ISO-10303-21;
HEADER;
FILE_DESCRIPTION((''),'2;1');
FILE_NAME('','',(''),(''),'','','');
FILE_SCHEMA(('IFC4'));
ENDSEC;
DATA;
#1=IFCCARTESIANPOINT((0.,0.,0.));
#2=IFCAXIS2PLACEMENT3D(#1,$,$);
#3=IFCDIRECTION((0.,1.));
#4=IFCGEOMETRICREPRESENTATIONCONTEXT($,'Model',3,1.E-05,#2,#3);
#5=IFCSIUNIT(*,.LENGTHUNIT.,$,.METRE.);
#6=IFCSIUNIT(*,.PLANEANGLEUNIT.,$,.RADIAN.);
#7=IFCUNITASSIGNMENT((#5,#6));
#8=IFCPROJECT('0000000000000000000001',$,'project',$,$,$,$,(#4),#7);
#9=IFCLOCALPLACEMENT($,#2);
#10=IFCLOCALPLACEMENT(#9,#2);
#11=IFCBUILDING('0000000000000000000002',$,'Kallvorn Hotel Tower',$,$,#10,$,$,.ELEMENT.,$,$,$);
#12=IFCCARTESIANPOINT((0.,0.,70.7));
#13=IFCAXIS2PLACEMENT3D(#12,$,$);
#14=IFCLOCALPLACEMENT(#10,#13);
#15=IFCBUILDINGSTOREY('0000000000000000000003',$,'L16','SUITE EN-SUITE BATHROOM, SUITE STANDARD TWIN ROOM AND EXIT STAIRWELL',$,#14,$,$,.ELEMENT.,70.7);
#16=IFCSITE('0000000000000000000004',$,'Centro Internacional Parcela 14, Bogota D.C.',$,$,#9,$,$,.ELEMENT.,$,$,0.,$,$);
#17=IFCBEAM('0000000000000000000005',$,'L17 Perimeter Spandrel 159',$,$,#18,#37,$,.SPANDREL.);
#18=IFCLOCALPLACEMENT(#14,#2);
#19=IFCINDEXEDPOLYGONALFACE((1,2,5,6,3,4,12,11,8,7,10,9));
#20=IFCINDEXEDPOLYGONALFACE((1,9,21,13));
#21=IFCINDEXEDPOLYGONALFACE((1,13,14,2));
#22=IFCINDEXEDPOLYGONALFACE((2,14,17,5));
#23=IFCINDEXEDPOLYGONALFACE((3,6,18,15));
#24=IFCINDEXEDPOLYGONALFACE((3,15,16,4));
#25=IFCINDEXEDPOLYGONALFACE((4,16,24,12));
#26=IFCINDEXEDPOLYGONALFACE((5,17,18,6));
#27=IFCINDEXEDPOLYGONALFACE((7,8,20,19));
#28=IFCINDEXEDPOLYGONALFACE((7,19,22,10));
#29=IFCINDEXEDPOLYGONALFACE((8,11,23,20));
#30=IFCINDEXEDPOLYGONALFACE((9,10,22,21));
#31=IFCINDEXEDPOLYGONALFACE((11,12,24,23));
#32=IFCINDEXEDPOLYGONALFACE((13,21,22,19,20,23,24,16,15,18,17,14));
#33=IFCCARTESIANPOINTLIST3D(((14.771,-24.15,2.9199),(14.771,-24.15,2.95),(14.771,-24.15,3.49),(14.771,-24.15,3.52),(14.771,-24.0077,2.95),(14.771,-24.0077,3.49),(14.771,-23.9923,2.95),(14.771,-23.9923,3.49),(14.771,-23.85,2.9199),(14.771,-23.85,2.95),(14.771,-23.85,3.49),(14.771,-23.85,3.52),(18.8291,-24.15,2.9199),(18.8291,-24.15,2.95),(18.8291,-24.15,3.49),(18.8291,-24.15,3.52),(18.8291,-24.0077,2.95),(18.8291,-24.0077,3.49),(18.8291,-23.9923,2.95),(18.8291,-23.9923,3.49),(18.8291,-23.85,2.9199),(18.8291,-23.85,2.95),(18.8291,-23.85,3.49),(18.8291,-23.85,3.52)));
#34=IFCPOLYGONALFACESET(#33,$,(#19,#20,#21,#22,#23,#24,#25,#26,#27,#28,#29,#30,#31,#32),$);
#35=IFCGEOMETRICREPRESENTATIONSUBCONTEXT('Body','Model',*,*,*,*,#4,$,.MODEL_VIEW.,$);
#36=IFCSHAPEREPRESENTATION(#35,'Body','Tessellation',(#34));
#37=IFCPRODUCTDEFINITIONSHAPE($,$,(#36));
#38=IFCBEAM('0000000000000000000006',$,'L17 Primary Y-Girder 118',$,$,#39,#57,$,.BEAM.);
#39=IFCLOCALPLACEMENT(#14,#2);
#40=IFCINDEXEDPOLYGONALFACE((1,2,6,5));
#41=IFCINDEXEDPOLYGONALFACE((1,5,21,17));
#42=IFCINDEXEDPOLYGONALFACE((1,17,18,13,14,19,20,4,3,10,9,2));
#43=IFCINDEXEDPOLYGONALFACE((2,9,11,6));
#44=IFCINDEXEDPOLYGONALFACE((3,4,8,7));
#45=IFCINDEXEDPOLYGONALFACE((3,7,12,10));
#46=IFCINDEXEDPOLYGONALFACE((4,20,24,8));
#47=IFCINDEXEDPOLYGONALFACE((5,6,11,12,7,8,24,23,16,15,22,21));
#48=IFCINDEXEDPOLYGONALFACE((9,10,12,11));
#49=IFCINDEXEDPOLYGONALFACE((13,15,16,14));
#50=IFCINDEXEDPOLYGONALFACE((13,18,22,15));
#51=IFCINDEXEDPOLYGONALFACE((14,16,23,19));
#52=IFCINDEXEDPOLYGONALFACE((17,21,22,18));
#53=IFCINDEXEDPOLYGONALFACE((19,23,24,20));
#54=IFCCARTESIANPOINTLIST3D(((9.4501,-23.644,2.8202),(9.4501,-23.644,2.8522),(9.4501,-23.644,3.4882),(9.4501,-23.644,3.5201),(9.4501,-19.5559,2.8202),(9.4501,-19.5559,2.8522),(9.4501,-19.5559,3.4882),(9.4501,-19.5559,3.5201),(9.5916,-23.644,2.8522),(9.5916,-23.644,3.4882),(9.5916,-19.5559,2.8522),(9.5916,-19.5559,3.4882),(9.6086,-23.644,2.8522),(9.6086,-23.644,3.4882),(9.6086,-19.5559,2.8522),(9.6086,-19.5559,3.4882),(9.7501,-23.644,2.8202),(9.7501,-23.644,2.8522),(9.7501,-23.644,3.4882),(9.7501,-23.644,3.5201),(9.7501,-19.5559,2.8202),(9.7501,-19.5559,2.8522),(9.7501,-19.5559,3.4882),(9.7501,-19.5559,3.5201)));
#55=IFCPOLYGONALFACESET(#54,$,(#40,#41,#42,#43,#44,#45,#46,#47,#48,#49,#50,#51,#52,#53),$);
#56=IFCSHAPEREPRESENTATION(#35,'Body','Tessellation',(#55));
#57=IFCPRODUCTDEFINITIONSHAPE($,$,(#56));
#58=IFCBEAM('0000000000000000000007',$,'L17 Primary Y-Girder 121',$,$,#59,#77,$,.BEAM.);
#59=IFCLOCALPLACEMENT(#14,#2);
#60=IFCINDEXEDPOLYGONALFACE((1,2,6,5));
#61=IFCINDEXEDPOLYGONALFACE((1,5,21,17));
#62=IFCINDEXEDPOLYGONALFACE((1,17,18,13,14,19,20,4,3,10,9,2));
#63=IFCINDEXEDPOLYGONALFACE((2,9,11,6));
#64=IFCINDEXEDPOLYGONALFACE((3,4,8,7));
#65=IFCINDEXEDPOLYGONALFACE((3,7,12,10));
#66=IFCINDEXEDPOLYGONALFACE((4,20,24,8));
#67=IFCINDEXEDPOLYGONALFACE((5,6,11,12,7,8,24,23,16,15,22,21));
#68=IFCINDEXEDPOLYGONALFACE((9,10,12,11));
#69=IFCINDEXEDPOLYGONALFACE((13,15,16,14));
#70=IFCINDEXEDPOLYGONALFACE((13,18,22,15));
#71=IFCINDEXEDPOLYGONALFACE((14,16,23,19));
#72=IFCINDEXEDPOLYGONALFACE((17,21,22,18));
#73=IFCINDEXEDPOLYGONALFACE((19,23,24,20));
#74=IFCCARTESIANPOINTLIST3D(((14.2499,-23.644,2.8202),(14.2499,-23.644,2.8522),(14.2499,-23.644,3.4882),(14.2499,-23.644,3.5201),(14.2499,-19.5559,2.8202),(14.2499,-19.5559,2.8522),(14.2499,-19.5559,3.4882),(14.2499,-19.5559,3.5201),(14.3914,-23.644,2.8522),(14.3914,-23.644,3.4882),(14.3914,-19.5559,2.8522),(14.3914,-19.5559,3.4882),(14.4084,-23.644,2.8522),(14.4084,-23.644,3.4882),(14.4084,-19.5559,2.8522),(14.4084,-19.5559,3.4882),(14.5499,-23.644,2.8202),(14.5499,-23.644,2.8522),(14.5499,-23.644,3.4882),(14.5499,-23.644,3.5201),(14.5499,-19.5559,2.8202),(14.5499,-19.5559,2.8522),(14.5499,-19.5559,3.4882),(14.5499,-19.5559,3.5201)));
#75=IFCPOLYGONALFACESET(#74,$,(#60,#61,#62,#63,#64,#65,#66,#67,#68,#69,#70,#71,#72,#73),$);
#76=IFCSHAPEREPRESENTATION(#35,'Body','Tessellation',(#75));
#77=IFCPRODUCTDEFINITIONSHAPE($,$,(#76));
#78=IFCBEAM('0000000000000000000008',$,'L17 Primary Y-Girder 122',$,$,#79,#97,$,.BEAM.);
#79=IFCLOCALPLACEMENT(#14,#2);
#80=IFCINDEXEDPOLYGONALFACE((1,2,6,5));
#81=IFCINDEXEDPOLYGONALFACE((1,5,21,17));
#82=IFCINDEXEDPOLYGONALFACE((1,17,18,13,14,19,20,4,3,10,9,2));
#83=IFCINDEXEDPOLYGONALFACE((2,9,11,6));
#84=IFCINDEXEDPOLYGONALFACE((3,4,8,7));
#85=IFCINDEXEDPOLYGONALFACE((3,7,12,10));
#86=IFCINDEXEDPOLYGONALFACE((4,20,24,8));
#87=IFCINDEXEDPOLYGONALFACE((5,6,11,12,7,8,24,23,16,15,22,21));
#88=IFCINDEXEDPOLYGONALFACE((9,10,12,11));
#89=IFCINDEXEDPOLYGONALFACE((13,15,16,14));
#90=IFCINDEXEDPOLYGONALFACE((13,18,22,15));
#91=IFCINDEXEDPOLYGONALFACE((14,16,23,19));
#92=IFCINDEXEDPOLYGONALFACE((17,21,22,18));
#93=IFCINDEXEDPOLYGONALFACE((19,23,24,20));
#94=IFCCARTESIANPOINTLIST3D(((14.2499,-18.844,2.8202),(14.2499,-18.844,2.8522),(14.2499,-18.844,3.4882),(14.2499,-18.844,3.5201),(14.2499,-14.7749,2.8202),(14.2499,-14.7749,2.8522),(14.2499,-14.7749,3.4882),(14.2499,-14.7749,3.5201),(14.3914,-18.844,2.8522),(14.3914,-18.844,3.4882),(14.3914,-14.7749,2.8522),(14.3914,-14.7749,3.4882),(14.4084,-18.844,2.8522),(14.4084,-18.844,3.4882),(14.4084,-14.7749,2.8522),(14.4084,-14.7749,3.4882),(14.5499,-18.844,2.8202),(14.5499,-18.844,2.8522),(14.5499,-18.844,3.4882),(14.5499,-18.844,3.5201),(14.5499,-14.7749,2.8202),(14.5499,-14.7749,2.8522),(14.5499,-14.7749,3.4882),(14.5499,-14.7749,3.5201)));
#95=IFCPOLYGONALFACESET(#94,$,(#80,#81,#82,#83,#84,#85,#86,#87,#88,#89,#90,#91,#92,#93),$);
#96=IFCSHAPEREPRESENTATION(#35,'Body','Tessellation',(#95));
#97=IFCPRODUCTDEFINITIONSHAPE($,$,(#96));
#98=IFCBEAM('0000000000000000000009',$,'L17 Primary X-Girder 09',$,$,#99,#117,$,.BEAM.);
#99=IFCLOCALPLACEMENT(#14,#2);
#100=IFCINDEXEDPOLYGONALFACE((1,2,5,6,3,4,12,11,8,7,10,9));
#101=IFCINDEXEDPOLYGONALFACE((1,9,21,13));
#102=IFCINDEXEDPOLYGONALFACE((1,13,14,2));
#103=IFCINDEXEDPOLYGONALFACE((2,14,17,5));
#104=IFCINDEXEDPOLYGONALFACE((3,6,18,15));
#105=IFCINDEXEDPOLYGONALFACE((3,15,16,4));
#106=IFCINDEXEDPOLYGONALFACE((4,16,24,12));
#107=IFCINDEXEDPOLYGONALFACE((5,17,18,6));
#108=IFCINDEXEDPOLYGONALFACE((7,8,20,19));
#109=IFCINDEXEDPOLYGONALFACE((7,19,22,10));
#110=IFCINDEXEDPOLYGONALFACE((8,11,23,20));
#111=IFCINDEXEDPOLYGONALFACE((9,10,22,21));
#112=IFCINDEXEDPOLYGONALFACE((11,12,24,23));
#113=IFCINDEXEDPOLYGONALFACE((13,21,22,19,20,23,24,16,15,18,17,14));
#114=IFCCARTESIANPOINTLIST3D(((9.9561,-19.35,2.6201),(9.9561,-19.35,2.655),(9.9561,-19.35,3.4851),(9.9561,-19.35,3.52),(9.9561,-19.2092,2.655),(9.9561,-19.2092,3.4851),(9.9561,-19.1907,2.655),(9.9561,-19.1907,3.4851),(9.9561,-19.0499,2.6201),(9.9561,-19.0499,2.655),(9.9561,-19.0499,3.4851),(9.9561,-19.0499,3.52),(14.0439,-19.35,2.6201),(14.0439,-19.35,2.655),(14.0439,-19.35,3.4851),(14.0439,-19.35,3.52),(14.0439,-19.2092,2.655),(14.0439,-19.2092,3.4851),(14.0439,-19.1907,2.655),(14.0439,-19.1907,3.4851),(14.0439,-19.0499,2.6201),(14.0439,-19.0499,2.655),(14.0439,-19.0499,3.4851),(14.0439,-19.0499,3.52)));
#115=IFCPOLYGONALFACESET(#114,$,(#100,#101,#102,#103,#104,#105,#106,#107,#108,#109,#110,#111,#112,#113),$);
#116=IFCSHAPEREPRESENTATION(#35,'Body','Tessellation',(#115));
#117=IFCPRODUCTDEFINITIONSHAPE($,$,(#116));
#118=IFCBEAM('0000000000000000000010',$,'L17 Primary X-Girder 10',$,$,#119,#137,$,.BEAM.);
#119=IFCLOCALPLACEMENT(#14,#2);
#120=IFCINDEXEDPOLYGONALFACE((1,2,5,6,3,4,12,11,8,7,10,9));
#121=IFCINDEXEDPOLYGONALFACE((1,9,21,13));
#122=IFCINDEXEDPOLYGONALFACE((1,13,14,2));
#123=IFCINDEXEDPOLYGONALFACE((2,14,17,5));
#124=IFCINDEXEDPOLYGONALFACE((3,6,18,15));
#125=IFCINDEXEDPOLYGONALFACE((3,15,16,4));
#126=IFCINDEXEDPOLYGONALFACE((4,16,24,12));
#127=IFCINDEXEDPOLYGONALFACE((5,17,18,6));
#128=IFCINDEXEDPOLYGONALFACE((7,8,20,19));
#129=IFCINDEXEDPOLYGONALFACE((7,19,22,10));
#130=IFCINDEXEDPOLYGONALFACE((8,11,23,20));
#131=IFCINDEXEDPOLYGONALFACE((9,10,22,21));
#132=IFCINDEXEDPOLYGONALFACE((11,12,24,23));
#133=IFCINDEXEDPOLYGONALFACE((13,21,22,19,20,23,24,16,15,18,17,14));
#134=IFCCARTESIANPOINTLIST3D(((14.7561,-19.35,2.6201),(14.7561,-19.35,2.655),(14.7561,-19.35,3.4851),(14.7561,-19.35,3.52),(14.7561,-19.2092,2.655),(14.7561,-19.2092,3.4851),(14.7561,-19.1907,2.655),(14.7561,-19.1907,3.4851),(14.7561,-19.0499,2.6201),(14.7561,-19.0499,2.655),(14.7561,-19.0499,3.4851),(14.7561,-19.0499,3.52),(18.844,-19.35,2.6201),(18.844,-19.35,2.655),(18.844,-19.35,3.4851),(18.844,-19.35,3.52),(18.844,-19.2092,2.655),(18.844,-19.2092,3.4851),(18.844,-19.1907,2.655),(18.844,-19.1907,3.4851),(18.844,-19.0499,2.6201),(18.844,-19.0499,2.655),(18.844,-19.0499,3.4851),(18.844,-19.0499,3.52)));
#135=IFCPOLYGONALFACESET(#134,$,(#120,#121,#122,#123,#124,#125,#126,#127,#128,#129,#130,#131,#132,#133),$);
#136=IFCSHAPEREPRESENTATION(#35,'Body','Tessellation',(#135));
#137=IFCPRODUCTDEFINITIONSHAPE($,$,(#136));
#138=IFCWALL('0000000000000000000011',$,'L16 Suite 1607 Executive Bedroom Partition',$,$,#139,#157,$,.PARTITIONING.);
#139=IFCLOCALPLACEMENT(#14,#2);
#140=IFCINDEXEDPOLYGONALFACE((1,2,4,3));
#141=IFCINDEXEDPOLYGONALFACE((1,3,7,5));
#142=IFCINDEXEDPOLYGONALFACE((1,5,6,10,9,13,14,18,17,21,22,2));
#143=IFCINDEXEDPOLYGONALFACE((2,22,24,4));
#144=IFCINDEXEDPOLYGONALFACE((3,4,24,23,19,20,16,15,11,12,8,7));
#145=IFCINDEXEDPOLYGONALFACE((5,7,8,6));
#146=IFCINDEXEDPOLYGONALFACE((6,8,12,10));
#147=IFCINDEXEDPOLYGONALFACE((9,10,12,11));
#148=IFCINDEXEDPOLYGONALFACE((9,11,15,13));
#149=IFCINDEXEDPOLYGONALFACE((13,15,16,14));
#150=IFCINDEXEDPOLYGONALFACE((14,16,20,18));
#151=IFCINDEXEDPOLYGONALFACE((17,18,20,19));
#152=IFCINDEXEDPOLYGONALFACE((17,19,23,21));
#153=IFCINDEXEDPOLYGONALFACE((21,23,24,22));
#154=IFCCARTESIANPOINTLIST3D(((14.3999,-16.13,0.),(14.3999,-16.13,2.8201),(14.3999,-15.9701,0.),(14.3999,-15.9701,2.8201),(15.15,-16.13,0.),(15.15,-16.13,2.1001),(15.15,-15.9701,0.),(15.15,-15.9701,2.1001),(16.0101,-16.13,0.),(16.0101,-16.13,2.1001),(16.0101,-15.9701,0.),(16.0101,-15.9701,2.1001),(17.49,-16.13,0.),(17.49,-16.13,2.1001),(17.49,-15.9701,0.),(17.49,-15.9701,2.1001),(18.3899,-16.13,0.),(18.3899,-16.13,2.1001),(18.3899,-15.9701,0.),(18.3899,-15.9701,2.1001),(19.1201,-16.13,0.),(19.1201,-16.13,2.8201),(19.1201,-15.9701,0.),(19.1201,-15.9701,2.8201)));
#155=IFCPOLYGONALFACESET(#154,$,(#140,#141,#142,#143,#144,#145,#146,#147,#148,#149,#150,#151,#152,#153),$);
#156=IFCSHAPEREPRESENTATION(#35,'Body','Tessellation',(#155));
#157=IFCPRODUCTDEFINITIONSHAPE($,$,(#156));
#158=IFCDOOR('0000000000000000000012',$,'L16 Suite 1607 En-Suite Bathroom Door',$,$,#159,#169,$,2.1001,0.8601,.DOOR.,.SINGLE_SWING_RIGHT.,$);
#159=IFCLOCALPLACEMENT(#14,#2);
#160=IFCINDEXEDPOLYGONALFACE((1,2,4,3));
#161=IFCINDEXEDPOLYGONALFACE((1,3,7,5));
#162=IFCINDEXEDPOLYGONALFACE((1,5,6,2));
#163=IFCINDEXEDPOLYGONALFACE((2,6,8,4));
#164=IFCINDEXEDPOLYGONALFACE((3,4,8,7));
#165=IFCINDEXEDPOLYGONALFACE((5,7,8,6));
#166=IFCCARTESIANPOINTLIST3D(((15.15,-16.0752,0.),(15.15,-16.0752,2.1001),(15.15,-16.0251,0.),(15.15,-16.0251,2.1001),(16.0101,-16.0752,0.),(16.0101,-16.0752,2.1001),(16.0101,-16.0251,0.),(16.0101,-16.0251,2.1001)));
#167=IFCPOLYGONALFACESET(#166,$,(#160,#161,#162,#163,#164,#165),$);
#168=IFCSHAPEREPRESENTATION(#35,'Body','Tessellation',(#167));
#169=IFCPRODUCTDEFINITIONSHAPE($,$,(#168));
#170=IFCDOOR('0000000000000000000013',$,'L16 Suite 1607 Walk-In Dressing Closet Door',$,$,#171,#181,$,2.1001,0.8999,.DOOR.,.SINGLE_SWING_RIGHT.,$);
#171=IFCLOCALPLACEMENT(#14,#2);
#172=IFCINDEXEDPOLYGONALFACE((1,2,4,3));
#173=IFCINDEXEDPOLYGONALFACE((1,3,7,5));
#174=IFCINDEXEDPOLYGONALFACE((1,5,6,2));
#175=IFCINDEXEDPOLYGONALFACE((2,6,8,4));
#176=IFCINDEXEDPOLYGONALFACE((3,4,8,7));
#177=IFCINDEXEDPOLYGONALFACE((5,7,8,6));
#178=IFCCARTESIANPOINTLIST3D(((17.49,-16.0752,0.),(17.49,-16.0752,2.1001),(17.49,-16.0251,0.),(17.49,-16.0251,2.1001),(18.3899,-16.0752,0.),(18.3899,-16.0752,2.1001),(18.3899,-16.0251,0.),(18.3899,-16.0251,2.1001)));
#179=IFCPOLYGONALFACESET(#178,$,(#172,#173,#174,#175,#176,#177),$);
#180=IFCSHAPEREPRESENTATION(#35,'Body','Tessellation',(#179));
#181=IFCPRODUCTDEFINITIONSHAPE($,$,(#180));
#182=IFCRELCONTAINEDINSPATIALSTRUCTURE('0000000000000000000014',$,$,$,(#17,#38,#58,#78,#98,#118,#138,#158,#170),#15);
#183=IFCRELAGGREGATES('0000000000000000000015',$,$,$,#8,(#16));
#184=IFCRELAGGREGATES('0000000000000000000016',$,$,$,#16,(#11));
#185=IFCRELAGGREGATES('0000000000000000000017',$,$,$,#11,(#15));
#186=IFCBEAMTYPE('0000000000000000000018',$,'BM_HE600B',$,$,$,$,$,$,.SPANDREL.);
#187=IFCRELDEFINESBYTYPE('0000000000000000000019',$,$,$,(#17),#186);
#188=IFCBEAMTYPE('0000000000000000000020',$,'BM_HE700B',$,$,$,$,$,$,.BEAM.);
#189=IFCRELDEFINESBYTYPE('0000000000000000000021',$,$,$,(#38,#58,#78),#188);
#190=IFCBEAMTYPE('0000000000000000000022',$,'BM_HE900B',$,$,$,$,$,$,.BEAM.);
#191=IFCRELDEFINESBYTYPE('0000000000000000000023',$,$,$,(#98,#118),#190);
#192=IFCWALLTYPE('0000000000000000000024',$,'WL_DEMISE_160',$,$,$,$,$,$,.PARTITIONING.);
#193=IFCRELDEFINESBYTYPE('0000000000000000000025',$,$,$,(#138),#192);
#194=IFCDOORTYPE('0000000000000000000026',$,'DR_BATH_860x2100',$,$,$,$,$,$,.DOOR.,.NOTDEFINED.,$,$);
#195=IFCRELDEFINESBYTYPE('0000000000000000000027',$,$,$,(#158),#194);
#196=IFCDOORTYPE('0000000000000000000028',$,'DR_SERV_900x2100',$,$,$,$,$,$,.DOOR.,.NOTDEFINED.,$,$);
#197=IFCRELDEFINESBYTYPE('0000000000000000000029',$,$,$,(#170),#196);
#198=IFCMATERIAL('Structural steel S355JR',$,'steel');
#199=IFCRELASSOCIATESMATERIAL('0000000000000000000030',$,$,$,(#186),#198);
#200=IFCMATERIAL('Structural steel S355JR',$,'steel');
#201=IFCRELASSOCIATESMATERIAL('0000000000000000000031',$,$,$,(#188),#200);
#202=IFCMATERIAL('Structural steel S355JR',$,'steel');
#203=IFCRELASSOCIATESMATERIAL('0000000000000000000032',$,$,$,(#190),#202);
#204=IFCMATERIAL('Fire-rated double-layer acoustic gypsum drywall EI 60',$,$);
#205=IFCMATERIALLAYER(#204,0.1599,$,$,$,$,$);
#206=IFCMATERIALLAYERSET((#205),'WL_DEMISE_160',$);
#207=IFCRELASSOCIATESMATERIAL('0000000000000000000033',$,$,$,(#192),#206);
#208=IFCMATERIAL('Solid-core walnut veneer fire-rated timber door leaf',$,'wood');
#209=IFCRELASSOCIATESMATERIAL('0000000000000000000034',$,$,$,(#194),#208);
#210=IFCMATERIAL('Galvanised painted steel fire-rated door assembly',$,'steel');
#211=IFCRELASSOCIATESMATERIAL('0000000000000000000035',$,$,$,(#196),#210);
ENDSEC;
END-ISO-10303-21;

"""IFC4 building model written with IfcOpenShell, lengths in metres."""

from ifc_helpers import new_model, si_unit, direction, frame, frame_2d, origin, origin_2d, place, context, subcontext, project, spatial, rectangle, i_section, extrude, material, layer, layer_set, material_profile, profile_set, type_object, element, fill, save


model = new_model("IFC4")

# Units and contexts
model_context = context("Model", 3, precision=1e-05, world=origin(), true_north=direction((0.0, 1.0)))
body_context = subcontext(model_context, "Body", "Model", "MODEL_VIEW")
ifc_project = project(units=[si_unit("LENGTHUNIT", "METRE"), si_unit("PLANEANGLEUNIT", "RADIAN")], contexts=[model_context])

# Site, building, storey
site_placement = place(None, origin())
site = spatial("IfcSite", under=ifc_project, at=site_placement, Name="Centro Internacional Parcela 14, Bogota D.C.", CompositionType="ELEMENT", RefElevation=0.0)
building_placement = place(site_placement, origin())
building = spatial("IfcBuilding", under=site, at=building_placement, Name="Kallvorn Hotel Tower", CompositionType="ELEMENT")
storey_placement = place(building_placement, frame((0.0, 0.0, 70.7)))
storey = spatial("IfcBuildingStorey", under=building, at=storey_placement, Name="L16", Description="SUITE EN-SUITE BATHROOM, SUITE STANDARD TWIN ROOM AND EXIT STAIRWELL", CompositionType="ELEMENT", Elevation=70.7)

# Beams
ifc_material_1 = material(Name="Structural steel S355JR", Category="steel")
ifc_material_profile_1 = material_profile(ifc_material_1, i_section(OverallWidth=0.3, OverallDepth=0.6001, WebThickness=0.0154, FlangeThickness=0.03, at=origin_2d()), Name="HE 600 B")
ifc_profile_set_1 = profile_set([ifc_material_profile_1], Name="Structural steel S355JR")
beam_type_1 = type_object("IfcBeamType", Name="BM_HE600B", PredefinedType="SPANDREL", material=ifc_profile_set_1)
for number, where, z_axis, x_axis, name in (
    (1, (14.771, -24.0, 3.22), (1.0, 0.0, 0.0), (0.0, 1.0, 0.0), "L17 Perimeter Spandrel 159"),
):
    element("IfcBeam", number, at=place(storey_placement, frame(where, z_axis=z_axis, x_axis=x_axis)), inside=storey, type_object=beam_type_1, Name=name, PredefinedType="SPANDREL", context=body_context, shape_type="SweptSolid", body=[
        extrude(i_section(OverallWidth=0.3, OverallDepth=0.6001, WebThickness=0.0154, FlangeThickness=0.03, at=origin_2d()), origin(), (0.0, 0.0, 1.0), 4.0581),
    ])
ifc_material_2 = material(Name="Structural steel S355JR", Category="steel")
ifc_material_profile_2 = material_profile(ifc_material_2, i_section(OverallWidth=0.3, OverallDepth=0.7, WebThickness=0.0171, FlangeThickness=0.032, at=origin_2d()), Name="HE 700 B")
ifc_profile_set_2 = profile_set([ifc_material_profile_2], Name="Structural steel S355JR")
beam_type_2 = type_object("IfcBeamType", Name="BM_HE700B", PredefinedType="BEAM", material=ifc_profile_set_2)
for number, where, z_axis, x_axis, name in (
    (2, (9.6001, -23.644, 3.1702), (0.0, 1.0, 0.0), (-1.0, 0.0, 0.0), "L17 Primary Y-Girder 118"),
    (3, (14.3999, -23.644, 3.1702), (0.0, 1.0, 0.0), (-1.0, 0.0, 0.0), "L17 Primary Y-Girder 121"),
):
    element("IfcBeam", number, at=place(storey_placement, frame(where, z_axis=z_axis, x_axis=x_axis)), inside=storey, type_object=beam_type_2, Name=name, PredefinedType="BEAM", context=body_context, shape_type="SweptSolid", body=[
        extrude(i_section(OverallWidth=0.3, OverallDepth=0.7, WebThickness=0.0171, FlangeThickness=0.032, at=origin_2d()), origin(), (0.0, 0.0, 1.0), 4.0881),
    ])
beam_placement = place(storey_placement, frame((14.3999, -18.844, 3.1702), z_axis=(0.0, 1.0, 0.0), x_axis=(-1.0, 0.0, 0.0)))
element("IfcBeam", 4, at=beam_placement, inside=storey, type_object=beam_type_2, Name="L17 Primary Y-Girder 122", PredefinedType="BEAM", context=body_context, shape_type="SweptSolid", body=[
    extrude(i_section(OverallWidth=0.3, OverallDepth=0.7, WebThickness=0.0171, FlangeThickness=0.032, at=origin_2d()), origin(), (0.0, 0.0, 1.0), 4.0691),
])
ifc_material_3 = material(Name="Structural steel S355JR", Category="steel")
ifc_material_profile_3 = material_profile(ifc_material_3, i_section(OverallWidth=0.3, OverallDepth=0.8999, WebThickness=0.0186, FlangeThickness=0.0349, at=origin_2d()), Name="HE 900 B")
ifc_profile_set_3 = profile_set([ifc_material_profile_3], Name="Structural steel S355JR")
beam_type_3 = type_object("IfcBeamType", Name="BM_HE900B", PredefinedType="BEAM", material=ifc_profile_set_3)
for number, where, z_axis, x_axis, name in (
    (5, (9.9561, -19.2, 3.0701), (1.0, 0.0, 0.0), (0.0, 1.0, 0.0), "L17 Primary X-Girder 09"),
    (6, (14.7561, -19.2, 3.0701), (1.0, 0.0, 0.0), (0.0, 1.0, 0.0), "L17 Primary X-Girder 10"),
):
    element("IfcBeam", number, at=place(storey_placement, frame(where, z_axis=z_axis, x_axis=x_axis)), inside=storey, type_object=beam_type_3, Name=name, PredefinedType="BEAM", context=body_context, shape_type="SweptSolid", body=[
        extrude(i_section(OverallWidth=0.3, OverallDepth=0.8999, WebThickness=0.0186, FlangeThickness=0.0349, at=origin_2d()), origin(), (0.0, 0.0, 1.0), 4.0879),
    ])

# Wall, openings, doors
ifc_material_4 = material(Name="Fire-rated double-layer acoustic gypsum drywall EI 60")
ifc_layer_1 = layer(ifc_material_4, 0.1599)
ifc_layer_set_1 = layer_set([ifc_layer_1], Name="WL_DEMISE_160")
wall_type_1 = type_object("IfcWallType", Name="WL_DEMISE_160", PredefinedType="PARTITIONING", material=ifc_layer_set_1)
wall_1_placement = place(storey_placement, frame((14.3999, -16.05, 0.0), z_axis=(0.0, 0.0, 1.0), x_axis=(1.0, 0.0, 0.0)))
wall_1 = element("IfcWall", 7, at=wall_1_placement, inside=storey, type_object=wall_type_1, Name="L16 Suite 1607 Executive Bedroom Partition", PredefinedType="PARTITIONING", context=body_context, shape_type="SweptSolid", body=[
    extrude(rectangle(XDim=4.7202, YDim=0.1599, at=frame_2d((2.3601, 0.0))), origin(), (0.0, 0.0, 1.0), 2.8201),
])
opening_1_placement = place(wall_1_placement, frame((0.75, 0.0, 0.0)))
opening_1 = element("IfcOpeningElement", 8, at=opening_1_placement, cuts=wall_1, PredefinedType="OPENING", context=body_context, shape_type="SweptSolid", body=[
    extrude(rectangle(XDim=0.8601, YDim=2.1001, at=frame_2d((0.4302, 1.05))), frame((0.0, 0.095, 0.0), z_axis=(0.0, -1.0, 0.0), x_axis=(1.0, 0.0, 0.0)), (0.0, 0.0, 1.0), 0.1899),
])
opening_2_placement = place(wall_1_placement, frame((3.0901, 0.0, 0.0)))
opening_2 = element("IfcOpeningElement", 9, at=opening_2_placement, cuts=wall_1, PredefinedType="OPENING", context=body_context, shape_type="SweptSolid", body=[
    extrude(rectangle(XDim=0.8999, YDim=2.1001, at=frame_2d((0.45, 1.05))), frame((0.0, 0.095, 0.0), z_axis=(0.0, -1.0, 0.0), x_axis=(1.0, 0.0, 0.0)), (0.0, 0.0, 1.0), 0.1899),
])
ifc_material_5 = material(Name="Solid-core walnut veneer fire-rated timber door leaf", Category="wood")
door_type_1 = type_object("IfcDoorType", Name="DR_BATH_860x2100", OperationType="NOTDEFINED", PredefinedType="DOOR", material=ifc_material_5)
door_1_placement = place(opening_1_placement, origin())
door_1 = element("IfcDoor", 10, at=door_1_placement, inside=storey, type_object=door_type_1, Name="L16 Suite 1607 En-Suite Bathroom Door", OperationType="SINGLE_SWING_RIGHT", OverallHeight=2.1001, OverallWidth=0.8601, PredefinedType="DOOR", context=body_context, shape_type="SweptSolid", body=[
    extrude(rectangle(XDim=0.8601, YDim=2.1001, at=frame_2d((0.4302, 1.05))), frame((0.0, 0.0249, 0.0), z_axis=(0.0, -1.0, 0.0), x_axis=(1.0, 0.0, 0.0)), (0.0, 0.0, 1.0), 0.05),
])
fill(opening_1, door_1)
ifc_material_6 = material(Name="Galvanised painted steel fire-rated door assembly", Category="steel")
door_type_2 = type_object("IfcDoorType", Name="DR_SERV_900x2100", OperationType="NOTDEFINED", PredefinedType="DOOR", material=ifc_material_6)
door_2_placement = place(opening_2_placement, origin())
door_2 = element("IfcDoor", 11, at=door_2_placement, inside=storey, type_object=door_type_2, Name="L16 Suite 1607 Walk-In Dressing Closet Door", OperationType="SINGLE_SWING_RIGHT", OverallHeight=2.1001, OverallWidth=0.8999, PredefinedType="DOOR", context=body_context, shape_type="SweptSolid", body=[
    extrude(rectangle(XDim=0.8999, YDim=2.1001, at=frame_2d((0.45, 1.05))), frame((0.0, 0.0249, 0.0), z_axis=(0.0, -1.0, 0.0), x_axis=(1.0, 0.0, 0.0)), (0.0, 0.0, 1.0), 0.05),
])
fill(opening_2, door_2)

save(model, "model.ifc")
